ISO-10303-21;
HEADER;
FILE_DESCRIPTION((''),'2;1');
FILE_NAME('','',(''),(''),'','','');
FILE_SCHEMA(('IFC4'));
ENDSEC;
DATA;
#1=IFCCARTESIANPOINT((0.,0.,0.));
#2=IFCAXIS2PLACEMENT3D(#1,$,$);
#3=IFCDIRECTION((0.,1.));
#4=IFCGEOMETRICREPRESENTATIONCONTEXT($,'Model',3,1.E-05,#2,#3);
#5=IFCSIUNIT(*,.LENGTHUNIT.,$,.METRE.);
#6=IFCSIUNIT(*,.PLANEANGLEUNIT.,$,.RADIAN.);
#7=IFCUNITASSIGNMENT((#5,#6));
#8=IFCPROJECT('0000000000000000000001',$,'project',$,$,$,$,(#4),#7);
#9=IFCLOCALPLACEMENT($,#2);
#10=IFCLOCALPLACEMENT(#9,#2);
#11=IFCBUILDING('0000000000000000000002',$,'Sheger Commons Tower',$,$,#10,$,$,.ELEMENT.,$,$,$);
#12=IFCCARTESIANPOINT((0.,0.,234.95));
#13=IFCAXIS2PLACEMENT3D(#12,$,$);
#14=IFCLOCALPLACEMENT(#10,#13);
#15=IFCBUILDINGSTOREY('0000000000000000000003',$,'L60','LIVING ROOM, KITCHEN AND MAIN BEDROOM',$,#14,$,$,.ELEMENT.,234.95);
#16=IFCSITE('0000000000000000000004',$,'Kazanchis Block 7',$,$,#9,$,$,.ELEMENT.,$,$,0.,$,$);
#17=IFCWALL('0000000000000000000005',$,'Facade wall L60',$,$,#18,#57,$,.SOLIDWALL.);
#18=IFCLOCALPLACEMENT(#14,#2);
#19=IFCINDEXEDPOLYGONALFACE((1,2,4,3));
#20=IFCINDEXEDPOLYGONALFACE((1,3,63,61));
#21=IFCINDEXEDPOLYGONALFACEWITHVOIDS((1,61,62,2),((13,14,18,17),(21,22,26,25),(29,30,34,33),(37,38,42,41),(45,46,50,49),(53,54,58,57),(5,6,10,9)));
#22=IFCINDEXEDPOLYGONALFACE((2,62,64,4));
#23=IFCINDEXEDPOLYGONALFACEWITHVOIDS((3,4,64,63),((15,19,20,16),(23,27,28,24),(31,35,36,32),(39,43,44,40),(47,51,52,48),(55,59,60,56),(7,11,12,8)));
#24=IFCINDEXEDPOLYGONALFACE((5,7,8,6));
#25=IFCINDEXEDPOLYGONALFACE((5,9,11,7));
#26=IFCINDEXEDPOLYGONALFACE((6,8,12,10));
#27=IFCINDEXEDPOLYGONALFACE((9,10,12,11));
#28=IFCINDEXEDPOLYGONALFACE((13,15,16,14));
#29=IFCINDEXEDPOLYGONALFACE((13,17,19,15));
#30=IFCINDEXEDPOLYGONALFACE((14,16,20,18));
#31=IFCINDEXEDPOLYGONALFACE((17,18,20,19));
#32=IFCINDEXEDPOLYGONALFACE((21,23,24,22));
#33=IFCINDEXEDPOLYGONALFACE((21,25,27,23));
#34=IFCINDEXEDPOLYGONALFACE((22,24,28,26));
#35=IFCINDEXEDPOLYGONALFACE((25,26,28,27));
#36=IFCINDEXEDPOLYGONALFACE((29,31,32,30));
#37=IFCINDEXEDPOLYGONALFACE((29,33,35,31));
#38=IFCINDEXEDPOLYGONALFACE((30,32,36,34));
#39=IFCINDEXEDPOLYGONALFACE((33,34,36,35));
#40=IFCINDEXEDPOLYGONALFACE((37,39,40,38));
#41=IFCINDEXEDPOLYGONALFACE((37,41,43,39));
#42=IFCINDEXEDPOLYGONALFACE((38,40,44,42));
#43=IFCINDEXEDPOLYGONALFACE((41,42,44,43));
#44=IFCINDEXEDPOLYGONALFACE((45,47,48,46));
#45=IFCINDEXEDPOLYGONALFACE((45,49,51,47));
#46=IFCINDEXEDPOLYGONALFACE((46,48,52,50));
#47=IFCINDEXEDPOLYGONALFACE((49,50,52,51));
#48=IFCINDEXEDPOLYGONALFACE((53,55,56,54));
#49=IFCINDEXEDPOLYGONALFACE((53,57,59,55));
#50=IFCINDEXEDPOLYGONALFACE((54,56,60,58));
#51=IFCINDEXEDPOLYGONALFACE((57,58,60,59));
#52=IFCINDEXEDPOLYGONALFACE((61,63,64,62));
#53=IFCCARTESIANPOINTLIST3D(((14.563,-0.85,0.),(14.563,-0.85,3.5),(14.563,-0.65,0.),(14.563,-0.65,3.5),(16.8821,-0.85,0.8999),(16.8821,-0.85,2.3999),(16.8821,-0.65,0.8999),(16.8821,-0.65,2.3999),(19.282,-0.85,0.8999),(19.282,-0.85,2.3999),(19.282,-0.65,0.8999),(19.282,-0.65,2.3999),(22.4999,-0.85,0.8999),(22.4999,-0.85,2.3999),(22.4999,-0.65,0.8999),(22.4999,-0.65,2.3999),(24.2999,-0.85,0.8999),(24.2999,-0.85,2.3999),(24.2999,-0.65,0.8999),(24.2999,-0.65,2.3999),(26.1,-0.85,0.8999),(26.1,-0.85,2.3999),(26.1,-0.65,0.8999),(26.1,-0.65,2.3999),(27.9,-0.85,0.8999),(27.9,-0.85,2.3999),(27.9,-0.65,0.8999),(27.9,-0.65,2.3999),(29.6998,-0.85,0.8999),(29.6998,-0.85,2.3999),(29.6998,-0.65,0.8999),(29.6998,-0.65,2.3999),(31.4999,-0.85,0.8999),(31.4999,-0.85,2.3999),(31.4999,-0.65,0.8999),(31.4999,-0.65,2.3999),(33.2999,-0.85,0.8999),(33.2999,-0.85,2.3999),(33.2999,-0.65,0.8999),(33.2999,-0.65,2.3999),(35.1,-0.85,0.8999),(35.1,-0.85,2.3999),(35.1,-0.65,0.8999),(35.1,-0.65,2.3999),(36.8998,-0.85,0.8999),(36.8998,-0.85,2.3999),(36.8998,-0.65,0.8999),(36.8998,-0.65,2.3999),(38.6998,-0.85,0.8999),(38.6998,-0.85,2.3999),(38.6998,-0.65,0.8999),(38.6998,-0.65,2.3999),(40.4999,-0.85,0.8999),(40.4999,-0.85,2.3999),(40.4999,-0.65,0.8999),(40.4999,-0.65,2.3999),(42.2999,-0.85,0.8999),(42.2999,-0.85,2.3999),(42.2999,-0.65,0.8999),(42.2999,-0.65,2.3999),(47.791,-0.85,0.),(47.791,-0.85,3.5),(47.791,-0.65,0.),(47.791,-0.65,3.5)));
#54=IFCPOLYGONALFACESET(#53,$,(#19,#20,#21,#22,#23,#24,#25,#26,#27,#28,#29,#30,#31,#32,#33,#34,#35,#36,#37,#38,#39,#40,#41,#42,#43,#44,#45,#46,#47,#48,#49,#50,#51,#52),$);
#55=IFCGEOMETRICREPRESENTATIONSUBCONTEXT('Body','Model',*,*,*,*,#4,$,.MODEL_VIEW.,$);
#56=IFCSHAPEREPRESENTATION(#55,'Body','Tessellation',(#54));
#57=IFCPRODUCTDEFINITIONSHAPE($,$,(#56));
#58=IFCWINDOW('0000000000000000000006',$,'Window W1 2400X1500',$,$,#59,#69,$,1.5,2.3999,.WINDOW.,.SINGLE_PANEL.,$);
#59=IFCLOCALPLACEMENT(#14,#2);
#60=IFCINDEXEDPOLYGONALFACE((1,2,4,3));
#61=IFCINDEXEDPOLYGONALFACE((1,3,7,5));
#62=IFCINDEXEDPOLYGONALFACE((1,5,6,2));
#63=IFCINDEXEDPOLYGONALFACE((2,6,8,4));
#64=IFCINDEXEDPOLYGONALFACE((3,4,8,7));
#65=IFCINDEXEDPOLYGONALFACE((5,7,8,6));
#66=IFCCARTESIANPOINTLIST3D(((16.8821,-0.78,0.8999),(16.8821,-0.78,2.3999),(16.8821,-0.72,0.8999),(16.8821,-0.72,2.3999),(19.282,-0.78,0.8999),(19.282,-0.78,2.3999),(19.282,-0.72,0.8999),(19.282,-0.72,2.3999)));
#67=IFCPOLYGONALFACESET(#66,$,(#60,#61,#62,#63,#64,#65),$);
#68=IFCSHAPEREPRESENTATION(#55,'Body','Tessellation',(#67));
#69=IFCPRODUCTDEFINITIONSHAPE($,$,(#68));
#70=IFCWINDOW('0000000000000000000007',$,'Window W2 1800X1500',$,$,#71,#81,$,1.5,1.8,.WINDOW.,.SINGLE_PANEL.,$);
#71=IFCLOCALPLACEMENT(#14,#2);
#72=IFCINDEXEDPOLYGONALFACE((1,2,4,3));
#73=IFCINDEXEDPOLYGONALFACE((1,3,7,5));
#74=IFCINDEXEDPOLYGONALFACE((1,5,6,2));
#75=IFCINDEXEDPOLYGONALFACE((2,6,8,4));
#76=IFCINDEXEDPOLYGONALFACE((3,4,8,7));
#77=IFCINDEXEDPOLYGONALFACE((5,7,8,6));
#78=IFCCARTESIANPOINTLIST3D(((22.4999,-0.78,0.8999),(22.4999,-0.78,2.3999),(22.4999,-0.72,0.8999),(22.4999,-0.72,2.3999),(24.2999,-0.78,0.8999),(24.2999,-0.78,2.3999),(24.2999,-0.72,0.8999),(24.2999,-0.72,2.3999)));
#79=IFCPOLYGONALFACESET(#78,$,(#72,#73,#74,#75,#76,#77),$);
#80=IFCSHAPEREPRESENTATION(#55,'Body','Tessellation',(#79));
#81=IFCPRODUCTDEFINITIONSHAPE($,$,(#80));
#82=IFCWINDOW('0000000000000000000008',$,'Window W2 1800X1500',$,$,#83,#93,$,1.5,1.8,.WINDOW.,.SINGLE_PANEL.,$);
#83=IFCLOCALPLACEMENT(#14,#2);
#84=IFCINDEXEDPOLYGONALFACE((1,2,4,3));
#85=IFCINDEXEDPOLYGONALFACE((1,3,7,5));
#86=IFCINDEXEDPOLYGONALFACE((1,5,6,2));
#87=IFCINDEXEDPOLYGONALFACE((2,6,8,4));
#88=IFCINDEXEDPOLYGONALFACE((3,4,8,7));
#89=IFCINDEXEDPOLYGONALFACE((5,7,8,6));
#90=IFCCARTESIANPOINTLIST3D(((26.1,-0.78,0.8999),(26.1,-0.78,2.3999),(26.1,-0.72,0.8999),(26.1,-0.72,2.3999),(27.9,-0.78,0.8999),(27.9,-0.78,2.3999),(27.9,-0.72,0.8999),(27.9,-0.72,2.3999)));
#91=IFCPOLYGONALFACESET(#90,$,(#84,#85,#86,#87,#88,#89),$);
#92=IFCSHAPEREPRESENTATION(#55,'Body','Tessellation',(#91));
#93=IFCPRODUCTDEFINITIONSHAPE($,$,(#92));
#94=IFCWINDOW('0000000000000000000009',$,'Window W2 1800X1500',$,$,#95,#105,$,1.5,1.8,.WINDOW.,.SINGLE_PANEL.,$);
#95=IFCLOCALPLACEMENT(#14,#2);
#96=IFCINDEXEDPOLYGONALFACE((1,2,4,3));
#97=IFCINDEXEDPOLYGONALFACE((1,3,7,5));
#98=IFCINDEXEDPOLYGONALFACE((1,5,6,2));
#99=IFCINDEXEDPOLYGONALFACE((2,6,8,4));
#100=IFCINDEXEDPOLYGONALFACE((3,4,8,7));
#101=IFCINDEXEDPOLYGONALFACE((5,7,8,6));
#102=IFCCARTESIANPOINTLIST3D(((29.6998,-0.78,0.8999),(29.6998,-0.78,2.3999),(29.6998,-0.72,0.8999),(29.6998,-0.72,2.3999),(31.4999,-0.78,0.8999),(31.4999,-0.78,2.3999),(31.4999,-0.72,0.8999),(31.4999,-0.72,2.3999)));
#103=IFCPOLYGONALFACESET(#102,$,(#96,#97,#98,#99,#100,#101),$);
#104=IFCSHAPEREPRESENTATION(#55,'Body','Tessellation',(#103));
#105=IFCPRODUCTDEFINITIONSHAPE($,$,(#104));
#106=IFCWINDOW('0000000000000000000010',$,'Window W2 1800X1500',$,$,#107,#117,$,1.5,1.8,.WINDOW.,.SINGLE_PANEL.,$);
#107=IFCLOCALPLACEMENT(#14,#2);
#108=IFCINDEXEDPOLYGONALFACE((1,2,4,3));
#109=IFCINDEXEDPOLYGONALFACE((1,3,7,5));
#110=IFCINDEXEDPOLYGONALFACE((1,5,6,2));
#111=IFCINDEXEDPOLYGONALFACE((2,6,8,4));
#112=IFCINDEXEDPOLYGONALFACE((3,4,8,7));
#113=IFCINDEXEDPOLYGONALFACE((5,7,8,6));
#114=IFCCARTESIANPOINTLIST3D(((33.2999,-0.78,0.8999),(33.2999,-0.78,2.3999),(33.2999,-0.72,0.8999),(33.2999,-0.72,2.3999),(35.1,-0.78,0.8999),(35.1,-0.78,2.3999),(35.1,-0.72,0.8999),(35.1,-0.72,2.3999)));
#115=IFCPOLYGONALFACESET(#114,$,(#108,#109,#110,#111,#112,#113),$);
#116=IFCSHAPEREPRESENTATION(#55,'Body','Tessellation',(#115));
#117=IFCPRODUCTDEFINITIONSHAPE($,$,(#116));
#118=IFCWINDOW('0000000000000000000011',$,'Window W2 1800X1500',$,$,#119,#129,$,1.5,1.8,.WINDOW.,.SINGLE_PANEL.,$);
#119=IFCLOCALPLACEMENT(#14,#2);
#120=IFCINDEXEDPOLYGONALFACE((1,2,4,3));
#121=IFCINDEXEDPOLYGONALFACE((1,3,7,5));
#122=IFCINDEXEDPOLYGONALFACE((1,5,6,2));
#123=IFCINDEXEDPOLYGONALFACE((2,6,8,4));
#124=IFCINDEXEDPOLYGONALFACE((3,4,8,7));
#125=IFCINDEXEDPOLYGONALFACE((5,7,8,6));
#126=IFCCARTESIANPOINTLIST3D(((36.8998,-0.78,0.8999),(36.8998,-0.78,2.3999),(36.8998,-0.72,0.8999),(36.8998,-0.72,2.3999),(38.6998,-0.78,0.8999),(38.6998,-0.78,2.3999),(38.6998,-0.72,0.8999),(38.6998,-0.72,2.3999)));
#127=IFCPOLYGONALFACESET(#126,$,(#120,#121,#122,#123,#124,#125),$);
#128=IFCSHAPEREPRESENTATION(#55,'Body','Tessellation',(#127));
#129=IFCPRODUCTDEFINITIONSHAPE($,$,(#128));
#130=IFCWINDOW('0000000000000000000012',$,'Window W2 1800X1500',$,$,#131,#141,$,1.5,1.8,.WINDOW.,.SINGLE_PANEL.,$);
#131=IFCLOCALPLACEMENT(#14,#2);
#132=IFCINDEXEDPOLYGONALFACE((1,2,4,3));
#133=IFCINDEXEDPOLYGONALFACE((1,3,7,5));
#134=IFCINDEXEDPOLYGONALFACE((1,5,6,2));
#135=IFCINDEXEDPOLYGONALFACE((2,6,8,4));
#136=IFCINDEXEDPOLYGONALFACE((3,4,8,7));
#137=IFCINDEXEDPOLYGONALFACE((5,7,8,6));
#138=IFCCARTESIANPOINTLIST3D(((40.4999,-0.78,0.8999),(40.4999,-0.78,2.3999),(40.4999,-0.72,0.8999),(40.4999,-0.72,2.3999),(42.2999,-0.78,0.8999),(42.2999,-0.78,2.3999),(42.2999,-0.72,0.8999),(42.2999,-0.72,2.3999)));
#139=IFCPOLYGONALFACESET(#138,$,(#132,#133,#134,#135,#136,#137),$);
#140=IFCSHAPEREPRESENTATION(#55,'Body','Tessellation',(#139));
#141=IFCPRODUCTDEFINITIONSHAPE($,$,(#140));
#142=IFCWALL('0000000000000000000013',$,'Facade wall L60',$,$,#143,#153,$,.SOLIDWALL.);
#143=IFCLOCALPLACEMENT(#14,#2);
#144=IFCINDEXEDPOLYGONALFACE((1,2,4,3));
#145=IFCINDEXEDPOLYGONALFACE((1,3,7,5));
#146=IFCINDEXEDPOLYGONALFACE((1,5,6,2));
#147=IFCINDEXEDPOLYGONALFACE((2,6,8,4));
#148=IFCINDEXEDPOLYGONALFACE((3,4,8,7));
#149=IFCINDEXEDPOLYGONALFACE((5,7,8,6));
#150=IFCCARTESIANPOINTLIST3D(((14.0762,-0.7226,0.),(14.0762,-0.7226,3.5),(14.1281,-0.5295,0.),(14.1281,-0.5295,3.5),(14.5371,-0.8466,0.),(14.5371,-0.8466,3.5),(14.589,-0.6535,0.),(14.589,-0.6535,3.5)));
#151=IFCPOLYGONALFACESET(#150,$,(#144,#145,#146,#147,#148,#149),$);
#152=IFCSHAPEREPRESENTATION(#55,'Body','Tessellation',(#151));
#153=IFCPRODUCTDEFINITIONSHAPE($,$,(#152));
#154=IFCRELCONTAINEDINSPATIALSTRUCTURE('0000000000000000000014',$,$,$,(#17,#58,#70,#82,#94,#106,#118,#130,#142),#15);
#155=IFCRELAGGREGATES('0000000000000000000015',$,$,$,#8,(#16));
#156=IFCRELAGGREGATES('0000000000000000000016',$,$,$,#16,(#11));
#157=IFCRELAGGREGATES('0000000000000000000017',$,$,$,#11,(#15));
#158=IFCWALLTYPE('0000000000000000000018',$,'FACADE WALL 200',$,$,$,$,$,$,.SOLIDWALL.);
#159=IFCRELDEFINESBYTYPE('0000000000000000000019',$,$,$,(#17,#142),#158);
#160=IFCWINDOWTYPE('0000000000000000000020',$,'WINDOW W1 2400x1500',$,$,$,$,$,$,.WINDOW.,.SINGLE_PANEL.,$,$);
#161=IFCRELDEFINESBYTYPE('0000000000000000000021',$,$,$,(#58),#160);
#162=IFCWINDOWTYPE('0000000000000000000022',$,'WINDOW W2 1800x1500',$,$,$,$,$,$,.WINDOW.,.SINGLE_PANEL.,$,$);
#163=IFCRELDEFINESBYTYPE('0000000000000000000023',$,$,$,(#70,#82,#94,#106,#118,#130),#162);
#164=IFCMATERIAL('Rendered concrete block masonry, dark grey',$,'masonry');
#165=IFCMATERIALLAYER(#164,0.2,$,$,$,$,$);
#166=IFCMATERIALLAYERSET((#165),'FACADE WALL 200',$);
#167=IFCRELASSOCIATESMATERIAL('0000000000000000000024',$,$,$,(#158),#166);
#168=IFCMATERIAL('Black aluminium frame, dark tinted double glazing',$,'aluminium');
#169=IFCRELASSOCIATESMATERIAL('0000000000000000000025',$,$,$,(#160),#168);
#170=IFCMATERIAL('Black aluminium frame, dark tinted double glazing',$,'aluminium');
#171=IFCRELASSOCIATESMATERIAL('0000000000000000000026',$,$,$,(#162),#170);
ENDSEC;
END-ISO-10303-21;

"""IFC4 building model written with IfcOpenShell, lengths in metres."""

from ifc_helpers import new_model, si_unit, direction, frame, frame_2d, origin, place, context, subcontext, project, spatial, rectangle, extrude, material, layer, layer_set, type_object, element, fill, save


model = new_model("IFC4")

# Units and contexts
model_context = context("Model", 3, precision=1e-05, world=origin(), true_north=direction((0.0, 1.0)))
body_context = subcontext(model_context, "Body", "Model", "MODEL_VIEW")
ifc_project = project(units=[si_unit("LENGTHUNIT", "METRE"), si_unit("PLANEANGLEUNIT", "RADIAN")], contexts=[model_context])

# Site, building, storey
site_placement = place(None, origin())
site = spatial("IfcSite", under=ifc_project, at=site_placement, Name="Kazanchis Block 7", CompositionType="ELEMENT", RefElevation=0.0)
building_placement = place(site_placement, origin())
building = spatial("IfcBuilding", under=site, at=building_placement, Name="Sheger Commons Tower", CompositionType="ELEMENT")
storey_placement = place(building_placement, frame((0.0, 0.0, 234.95)))
storey = spatial("IfcBuildingStorey", under=building, at=storey_placement, Name="L60", Description="LIVING ROOM, KITCHEN AND MAIN BEDROOM", CompositionType="ELEMENT", Elevation=234.95)

# Wall, openings, windows
ifc_material_1 = material(Name="Rendered concrete block masonry, dark grey", Category="masonry")
ifc_layer_1 = layer(ifc_material_1, 0.2)
ifc_layer_set_1 = layer_set([ifc_layer_1], Name="FACADE WALL 200")
wall_type_1 = type_object("IfcWallType", Name="FACADE WALL 200", PredefinedType="SOLIDWALL", material=ifc_layer_set_1)
wall_1_placement = place(storey_placement, frame((14.563, -0.75, 0.0), z_axis=(0.0, 0.0, 1.0), x_axis=(1.0, 0.0, 0.0)))
wall_1 = element("IfcWall", 1, at=wall_1_placement, inside=storey, type_object=wall_type_1, Name="Facade wall L60", PredefinedType="SOLIDWALL", context=body_context, shape_type="SweptSolid", body=[
    extrude(rectangle(XDim=33.228, YDim=0.2, at=frame_2d((16.614, 0.0))), origin(), (0.0, 0.0, 1.0), 3.5),
])
opening_1_placement = place(wall_1_placement, frame((2.3191, 0.0, 0.8999)))
opening_1 = element("IfcOpeningElement", 2, at=opening_1_placement, cuts=wall_1, PredefinedType="OPENING", context=body_context, shape_type="SweptSolid", body=[
    extrude(rectangle(XDim=2.3999, YDim=1.5, at=frame_2d((1.2, 0.75))), frame((0.0, 0.1099, 0.0), z_axis=(0.0, -1.0, 0.0), x_axis=(1.0, 0.0, 0.0)), (0.0, 0.0, 1.0), 0.22),
])
opening_2_placement = place(wall_1_placement, frame((7.937, 0.0, 0.8999)))
opening_2 = element("IfcOpeningElement", 3, at=opening_2_placement, cuts=wall_1, PredefinedType="OPENING", context=body_context, shape_type="SweptSolid", body=[
    extrude(rectangle(XDim=1.8, YDim=1.5, at=frame_2d((0.8999, 0.75))), frame((0.0, 0.1099, 0.0), z_axis=(0.0, -1.0, 0.0), x_axis=(1.0, 0.0, 0.0)), (0.0, 0.0, 1.0), 0.22),
])
opening_3_placement = place(wall_1_placement, frame((11.5371, 0.0, 0.8999)))
opening_3 = element("IfcOpeningElement", 4, at=opening_3_placement, cuts=wall_1, PredefinedType="OPENING", context=body_context, shape_type="SweptSolid", body=[
    extrude(rectangle(XDim=1.8, YDim=1.5, at=frame_2d((0.8999, 0.75))), frame((0.0, 0.1099, 0.0), z_axis=(0.0, -1.0, 0.0), x_axis=(1.0, 0.0, 0.0)), (0.0, 0.0, 1.0), 0.22),
])
opening_4_placement = place(wall_1_placement, frame((15.137, 0.0, 0.8999)))
opening_4 = element("IfcOpeningElement", 5, at=opening_4_placement, cuts=wall_1, PredefinedType="OPENING", context=body_context, shape_type="SweptSolid", body=[
    extrude(rectangle(XDim=1.8, YDim=1.5, at=frame_2d((0.8999, 0.75))), frame((0.0, 0.1099, 0.0), z_axis=(0.0, -1.0, 0.0), x_axis=(1.0, 0.0, 0.0)), (0.0, 0.0, 1.0), 0.22),
])
opening_5_placement = place(wall_1_placement, frame((18.7371, 0.0, 0.8999)))
opening_5 = element("IfcOpeningElement", 6, at=opening_5_placement, cuts=wall_1, PredefinedType="OPENING", context=body_context, shape_type="SweptSolid", body=[
    extrude(rectangle(XDim=1.8, YDim=1.5, at=frame_2d((0.8999, 0.75))), frame((0.0, 0.1099, 0.0), z_axis=(0.0, -1.0, 0.0), x_axis=(1.0, 0.0, 0.0)), (0.0, 0.0, 1.0), 0.22),
])
opening_6_placement = place(wall_1_placement, frame((22.3369, 0.0, 0.8999)))
opening_6 = element("IfcOpeningElement", 7, at=opening_6_placement, cuts=wall_1, PredefinedType="OPENING", context=body_context, shape_type="SweptSolid", body=[
    extrude(rectangle(XDim=1.8, YDim=1.5, at=frame_2d((0.8999, 0.75))), frame((0.0, 0.1099, 0.0), z_axis=(0.0, -1.0, 0.0), x_axis=(1.0, 0.0, 0.0)), (0.0, 0.0, 1.0), 0.22),
])
opening_7_placement = place(wall_1_placement, frame((25.937, 0.0, 0.8999)))
opening_7 = element("IfcOpeningElement", 8, at=opening_7_placement, cuts=wall_1, PredefinedType="OPENING", context=body_context, shape_type="SweptSolid", body=[
    extrude(rectangle(XDim=1.8, YDim=1.5, at=frame_2d((0.8999, 0.75))), frame((0.0, 0.1099, 0.0), z_axis=(0.0, -1.0, 0.0), x_axis=(1.0, 0.0, 0.0)), (0.0, 0.0, 1.0), 0.22),
])
ifc_material_2 = material(Name="Black aluminium frame, dark tinted double glazing", Category="aluminium")
window_type_1 = type_object("IfcWindowType", Name="WINDOW W1 2400x1500", PartitioningType="SINGLE_PANEL", PredefinedType="WINDOW", material=ifc_material_2)
window_1_placement = place(opening_1_placement, origin())
window_1 = element("IfcWindow", 9, at=window_1_placement, inside=storey, type_object=window_type_1, Name="Window W1 2400X1500", OverallHeight=1.5, OverallWidth=2.3999, PartitioningType="SINGLE_PANEL", PredefinedType="WINDOW", context=body_context, shape_type="SweptSolid", body=[
    extrude(rectangle(XDim=2.3999, YDim=1.5, at=frame_2d((1.2, 0.75))), frame((0.0, 0.03, 0.0), z_axis=(0.0, -1.0, 0.0), x_axis=(1.0, 0.0, 0.0)), (0.0, 0.0, 1.0), 0.0601),
])
fill(opening_1, window_1)
ifc_material_3 = material(Name="Black aluminium frame, dark tinted double glazing", Category="aluminium")
window_type_2 = type_object("IfcWindowType", Name="WINDOW W2 1800x1500", PartitioningType="SINGLE_PANEL", PredefinedType="WINDOW", material=ifc_material_3)
window_2_placement = place(opening_2_placement, origin())
window_2 = element("IfcWindow", 10, at=window_2_placement, inside=storey, type_object=window_type_2, Name="Window W2 1800X1500", OverallHeight=1.5, OverallWidth=1.8, PartitioningType="SINGLE_PANEL", PredefinedType="WINDOW", context=body_context, shape_type="SweptSolid", body=[
    extrude(rectangle(XDim=1.8, YDim=1.5, at=frame_2d((0.8999, 0.75))), frame((0.0, 0.03, 0.0), z_axis=(0.0, -1.0, 0.0), x_axis=(1.0, 0.0, 0.0)), (0.0, 0.0, 1.0), 0.0601),
])
fill(opening_2, window_2)
window_3_placement = place(opening_3_placement, origin())
window_3 = element("IfcWindow", 11, at=window_3_placement, inside=storey, type_object=window_type_2, Name="Window W2 1800X1500", OverallHeight=1.5, OverallWidth=1.8, PartitioningType="SINGLE_PANEL", PredefinedType="WINDOW", context=body_context, shape_type="SweptSolid", body=[
    extrude(rectangle(XDim=1.8, YDim=1.5, at=frame_2d((0.8999, 0.75))), frame((0.0, 0.03, 0.0), z_axis=(0.0, -1.0, 0.0), x_axis=(1.0, 0.0, 0.0)), (0.0, 0.0, 1.0), 0.0601),
])
fill(opening_3, window_3)
window_4_placement = place(opening_4_placement, origin())
window_4 = element("IfcWindow", 12, at=window_4_placement, inside=storey, type_object=window_type_2, Name="Window W2 1800X1500", OverallHeight=1.5, OverallWidth=1.8, PartitioningType="SINGLE_PANEL", PredefinedType="WINDOW", context=body_context, shape_type="SweptSolid", body=[
    extrude(rectangle(XDim=1.8, YDim=1.5, at=frame_2d((0.8999, 0.75))), frame((0.0, 0.03, 0.0), z_axis=(0.0, -1.0, 0.0), x_axis=(1.0, 0.0, 0.0)), (0.0, 0.0, 1.0), 0.0601),
])
fill(opening_4, window_4)
window_5_placement = place(opening_5_placement, origin())
window_5 = element("IfcWindow", 13, at=window_5_placement, inside=storey, type_object=window_type_2, Name="Window W2 1800X1500", OverallHeight=1.5, OverallWidth=1.8, PartitioningType="SINGLE_PANEL", PredefinedType="WINDOW", context=body_context, shape_type="SweptSolid", body=[
    extrude(rectangle(XDim=1.8, YDim=1.5, at=frame_2d((0.8999, 0.75))), frame((0.0, 0.03, 0.0), z_axis=(0.0, -1.0, 0.0), x_axis=(1.0, 0.0, 0.0)), (0.0, 0.0, 1.0), 0.0601),
])
fill(opening_5, window_5)
window_6_placement = place(opening_6_placement, origin())
window_6 = element("IfcWindow", 14, at=window_6_placement, inside=storey, type_object=window_type_2, Name="Window W2 1800X1500", OverallHeight=1.5, OverallWidth=1.8, PartitioningType="SINGLE_PANEL", PredefinedType="WINDOW", context=body_context, shape_type="SweptSolid", body=[
    extrude(rectangle(XDim=1.8, YDim=1.5, at=frame_2d((0.8999, 0.75))), frame((0.0, 0.03, 0.0), z_axis=(0.0, -1.0, 0.0), x_axis=(1.0, 0.0, 0.0)), (0.0, 0.0, 1.0), 0.0601),
])
fill(opening_6, window_6)
window_7_placement = place(opening_7_placement, origin())
window_7 = element("IfcWindow", 15, at=window_7_placement, inside=storey, type_object=window_type_2, Name="Window W2 1800X1500", OverallHeight=1.5, OverallWidth=1.8, PartitioningType="SINGLE_PANEL", PredefinedType="WINDOW", context=body_context, shape_type="SweptSolid", body=[
    extrude(rectangle(XDim=1.8, YDim=1.5, at=frame_2d((0.8999, 0.75))), frame((0.0, 0.03, 0.0), z_axis=(0.0, -1.0, 0.0), x_axis=(1.0, 0.0, 0.0)), (0.0, 0.0, 1.0), 0.0601),
])
fill(opening_7, window_7)

# Wall
wall_2_placement = place(storey_placement, frame((14.1021, -0.626, 0.0), z_axis=(0.0, 0.0, 1.0), x_axis=(0.965655, -0.259827, 0.0)))
element("IfcWall", 16, at=wall_2_placement, inside=storey, type_object=wall_type_1, Name="Facade wall L60", PredefinedType="SOLIDWALL", context=body_context, shape_type="SweptSolid", body=[
    extrude(rectangle(XDim=0.4773, YDim=0.2, at=frame_2d((0.2388, 0.0))), origin(), (0.0, 0.0, 1.0), 3.5),
])

save(model, "model.ifc")
